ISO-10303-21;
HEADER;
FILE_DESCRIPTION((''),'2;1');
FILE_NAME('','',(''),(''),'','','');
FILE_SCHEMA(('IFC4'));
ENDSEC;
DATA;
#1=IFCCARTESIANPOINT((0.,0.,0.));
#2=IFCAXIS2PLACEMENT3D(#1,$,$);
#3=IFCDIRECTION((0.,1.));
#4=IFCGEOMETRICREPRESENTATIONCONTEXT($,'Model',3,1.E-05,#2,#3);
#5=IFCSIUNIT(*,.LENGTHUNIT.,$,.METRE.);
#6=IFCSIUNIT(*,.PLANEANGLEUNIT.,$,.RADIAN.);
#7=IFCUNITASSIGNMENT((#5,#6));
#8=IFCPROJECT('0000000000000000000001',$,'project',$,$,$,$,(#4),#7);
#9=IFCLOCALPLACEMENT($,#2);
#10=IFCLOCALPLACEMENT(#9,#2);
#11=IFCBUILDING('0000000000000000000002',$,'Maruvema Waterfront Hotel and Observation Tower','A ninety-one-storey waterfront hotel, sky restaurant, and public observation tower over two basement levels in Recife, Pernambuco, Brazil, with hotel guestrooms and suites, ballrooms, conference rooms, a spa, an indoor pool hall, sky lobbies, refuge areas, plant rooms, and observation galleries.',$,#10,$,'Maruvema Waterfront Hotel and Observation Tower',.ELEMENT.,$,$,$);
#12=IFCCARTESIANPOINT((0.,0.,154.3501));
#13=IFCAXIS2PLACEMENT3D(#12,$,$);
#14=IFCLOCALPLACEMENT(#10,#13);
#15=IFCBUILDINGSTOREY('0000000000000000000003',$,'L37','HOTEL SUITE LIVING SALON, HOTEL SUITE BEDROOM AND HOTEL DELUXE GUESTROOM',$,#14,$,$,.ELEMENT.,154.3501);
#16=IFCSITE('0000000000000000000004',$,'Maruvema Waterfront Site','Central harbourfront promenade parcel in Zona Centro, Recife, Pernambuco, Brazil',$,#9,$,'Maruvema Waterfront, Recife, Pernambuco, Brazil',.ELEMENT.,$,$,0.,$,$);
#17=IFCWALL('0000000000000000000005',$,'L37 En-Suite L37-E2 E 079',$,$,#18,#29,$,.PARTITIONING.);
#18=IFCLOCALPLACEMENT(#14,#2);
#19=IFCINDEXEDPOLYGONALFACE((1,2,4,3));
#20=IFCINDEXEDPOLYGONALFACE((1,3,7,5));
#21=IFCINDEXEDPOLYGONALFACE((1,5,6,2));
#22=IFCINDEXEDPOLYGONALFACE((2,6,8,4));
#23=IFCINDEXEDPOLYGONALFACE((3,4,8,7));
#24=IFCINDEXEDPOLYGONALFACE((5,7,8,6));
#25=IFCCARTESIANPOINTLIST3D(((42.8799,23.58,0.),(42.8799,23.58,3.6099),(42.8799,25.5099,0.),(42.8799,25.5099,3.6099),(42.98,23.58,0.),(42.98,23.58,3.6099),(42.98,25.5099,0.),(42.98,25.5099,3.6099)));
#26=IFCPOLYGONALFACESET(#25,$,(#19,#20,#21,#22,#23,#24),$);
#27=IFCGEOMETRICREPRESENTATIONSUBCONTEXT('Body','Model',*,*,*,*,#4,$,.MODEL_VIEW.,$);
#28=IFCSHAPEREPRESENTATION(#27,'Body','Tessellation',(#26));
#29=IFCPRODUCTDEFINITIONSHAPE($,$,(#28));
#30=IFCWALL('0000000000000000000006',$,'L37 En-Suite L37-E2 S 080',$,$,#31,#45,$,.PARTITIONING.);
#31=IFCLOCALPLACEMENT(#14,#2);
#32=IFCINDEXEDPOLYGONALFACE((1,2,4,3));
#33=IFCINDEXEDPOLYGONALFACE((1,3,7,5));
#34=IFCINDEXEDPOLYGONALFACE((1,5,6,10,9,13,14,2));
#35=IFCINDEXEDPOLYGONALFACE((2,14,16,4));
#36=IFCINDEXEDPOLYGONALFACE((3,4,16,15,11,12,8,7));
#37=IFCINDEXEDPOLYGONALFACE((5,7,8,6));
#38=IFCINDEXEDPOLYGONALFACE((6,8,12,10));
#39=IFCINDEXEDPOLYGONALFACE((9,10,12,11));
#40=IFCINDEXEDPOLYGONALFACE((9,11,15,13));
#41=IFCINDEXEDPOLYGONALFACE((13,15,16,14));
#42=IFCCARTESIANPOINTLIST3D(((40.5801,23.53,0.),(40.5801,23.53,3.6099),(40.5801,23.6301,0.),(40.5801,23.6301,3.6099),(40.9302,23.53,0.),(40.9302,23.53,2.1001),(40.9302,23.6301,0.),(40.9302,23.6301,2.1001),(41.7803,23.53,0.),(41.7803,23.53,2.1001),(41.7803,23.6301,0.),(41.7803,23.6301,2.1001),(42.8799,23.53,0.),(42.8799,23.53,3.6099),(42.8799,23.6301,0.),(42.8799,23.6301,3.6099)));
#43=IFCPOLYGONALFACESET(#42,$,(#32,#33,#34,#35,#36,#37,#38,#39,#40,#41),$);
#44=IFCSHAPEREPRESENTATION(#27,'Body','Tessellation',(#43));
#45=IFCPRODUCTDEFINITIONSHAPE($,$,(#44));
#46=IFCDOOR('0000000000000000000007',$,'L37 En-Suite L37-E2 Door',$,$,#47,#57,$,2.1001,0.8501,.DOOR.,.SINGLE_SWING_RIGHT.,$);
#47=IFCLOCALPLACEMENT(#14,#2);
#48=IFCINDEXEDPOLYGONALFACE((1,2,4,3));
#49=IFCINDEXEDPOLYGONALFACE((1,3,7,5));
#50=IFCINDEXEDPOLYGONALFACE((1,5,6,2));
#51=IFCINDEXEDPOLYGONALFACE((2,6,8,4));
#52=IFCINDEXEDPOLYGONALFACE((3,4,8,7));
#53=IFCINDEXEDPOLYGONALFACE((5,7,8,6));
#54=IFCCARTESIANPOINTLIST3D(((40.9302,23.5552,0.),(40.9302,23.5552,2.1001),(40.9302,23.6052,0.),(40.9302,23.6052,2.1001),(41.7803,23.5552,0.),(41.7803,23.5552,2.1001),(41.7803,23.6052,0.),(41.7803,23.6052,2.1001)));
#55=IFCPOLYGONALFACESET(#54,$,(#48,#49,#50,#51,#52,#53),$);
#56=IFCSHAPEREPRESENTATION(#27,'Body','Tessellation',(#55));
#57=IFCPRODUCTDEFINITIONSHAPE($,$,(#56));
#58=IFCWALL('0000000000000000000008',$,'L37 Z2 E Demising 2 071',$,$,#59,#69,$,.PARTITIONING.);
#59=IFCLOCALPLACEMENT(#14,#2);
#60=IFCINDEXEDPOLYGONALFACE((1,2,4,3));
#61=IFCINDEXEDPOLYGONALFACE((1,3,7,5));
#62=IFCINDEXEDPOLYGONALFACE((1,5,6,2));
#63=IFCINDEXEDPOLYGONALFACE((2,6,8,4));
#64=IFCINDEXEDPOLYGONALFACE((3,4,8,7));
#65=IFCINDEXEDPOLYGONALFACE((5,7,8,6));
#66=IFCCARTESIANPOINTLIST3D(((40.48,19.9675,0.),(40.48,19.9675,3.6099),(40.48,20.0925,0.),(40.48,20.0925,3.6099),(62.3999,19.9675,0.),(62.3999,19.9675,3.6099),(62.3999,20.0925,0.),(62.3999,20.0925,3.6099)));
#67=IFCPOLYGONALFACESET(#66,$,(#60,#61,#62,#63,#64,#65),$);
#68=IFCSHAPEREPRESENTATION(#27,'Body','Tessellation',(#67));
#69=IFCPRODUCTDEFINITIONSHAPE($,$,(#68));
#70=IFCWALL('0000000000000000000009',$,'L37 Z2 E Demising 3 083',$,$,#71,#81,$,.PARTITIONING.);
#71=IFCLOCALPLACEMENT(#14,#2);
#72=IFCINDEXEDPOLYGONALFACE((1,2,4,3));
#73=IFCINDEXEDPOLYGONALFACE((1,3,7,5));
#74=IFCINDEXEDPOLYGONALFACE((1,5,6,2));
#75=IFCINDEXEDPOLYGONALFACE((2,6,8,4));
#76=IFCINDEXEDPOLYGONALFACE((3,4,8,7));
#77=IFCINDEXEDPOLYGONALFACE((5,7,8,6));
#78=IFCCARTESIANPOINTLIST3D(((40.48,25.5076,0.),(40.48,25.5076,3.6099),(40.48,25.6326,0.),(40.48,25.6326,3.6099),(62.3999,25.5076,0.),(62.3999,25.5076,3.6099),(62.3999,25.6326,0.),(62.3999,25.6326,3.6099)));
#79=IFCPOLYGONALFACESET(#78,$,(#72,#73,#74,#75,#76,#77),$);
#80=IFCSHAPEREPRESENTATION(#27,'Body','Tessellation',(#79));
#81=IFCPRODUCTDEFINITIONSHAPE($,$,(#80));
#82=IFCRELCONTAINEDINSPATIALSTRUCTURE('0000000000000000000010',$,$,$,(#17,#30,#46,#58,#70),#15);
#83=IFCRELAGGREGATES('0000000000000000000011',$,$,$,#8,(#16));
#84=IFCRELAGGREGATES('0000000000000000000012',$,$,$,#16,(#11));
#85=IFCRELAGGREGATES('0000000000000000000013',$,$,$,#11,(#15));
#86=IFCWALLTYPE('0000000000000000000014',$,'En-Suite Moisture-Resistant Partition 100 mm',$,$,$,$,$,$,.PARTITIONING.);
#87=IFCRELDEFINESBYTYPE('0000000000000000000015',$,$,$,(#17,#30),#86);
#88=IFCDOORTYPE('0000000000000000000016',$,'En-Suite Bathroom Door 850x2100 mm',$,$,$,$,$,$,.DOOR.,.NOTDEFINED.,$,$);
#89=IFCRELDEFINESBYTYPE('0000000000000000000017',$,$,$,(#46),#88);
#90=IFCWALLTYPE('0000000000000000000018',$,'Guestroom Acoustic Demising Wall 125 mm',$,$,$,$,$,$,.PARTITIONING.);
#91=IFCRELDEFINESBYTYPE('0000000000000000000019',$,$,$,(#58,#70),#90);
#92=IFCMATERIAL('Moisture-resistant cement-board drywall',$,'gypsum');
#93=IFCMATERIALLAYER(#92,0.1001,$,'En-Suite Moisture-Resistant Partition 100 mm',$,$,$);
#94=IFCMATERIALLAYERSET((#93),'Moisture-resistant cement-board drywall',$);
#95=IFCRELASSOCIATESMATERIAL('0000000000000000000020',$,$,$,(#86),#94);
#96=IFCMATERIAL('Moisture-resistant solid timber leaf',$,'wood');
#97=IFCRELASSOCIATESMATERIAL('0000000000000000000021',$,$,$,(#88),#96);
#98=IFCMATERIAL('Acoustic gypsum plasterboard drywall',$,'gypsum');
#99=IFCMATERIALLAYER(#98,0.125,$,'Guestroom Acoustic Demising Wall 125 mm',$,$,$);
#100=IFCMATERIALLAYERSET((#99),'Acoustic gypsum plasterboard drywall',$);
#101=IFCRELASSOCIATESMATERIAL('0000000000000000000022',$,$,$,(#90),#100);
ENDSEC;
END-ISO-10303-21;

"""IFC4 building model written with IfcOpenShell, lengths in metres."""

from ifc_helpers import new_model, si_unit, direction, frame, frame_2d, origin, place, context, subcontext, project, spatial, rectangle, extrude, material, layer, layer_set, type_object, element, fill, save


model = new_model("IFC4")

# Units and contexts
model_context = context("Model", 3, precision=1e-05, world=origin(), true_north=direction((0.0, 1.0)))
body_context = subcontext(model_context, "Body", "Model", "MODEL_VIEW")
ifc_project = project(units=[si_unit("LENGTHUNIT", "METRE"), si_unit("PLANEANGLEUNIT", "RADIAN")], contexts=[model_context])

# Site, building, storey
site_placement = place(None, origin())
site = spatial("IfcSite", under=ifc_project, at=site_placement, Name="Maruvema Waterfront Site", Description="Central harbourfront promenade parcel in Zona Centro, Recife, Pernambuco, Brazil", LongName="Maruvema Waterfront, Recife, Pernambuco, Brazil", CompositionType="ELEMENT", RefElevation=0.0)
building_placement = place(site_placement, origin())
building = spatial("IfcBuilding", under=site, at=building_placement, Name="Maruvema Waterfront Hotel and Observation Tower", Description="A ninety-one-storey waterfront hotel, sky restaurant, and public observation tower over two basement levels in Recife, Pernambuco, Brazil, with hotel guestrooms and suites, ballrooms, conference rooms, a spa, an indoor pool hall, sky lobbies, refuge areas, plant rooms, and observation galleries.", LongName="Maruvema Waterfront Hotel and Observation Tower", CompositionType="ELEMENT")
storey_placement = place(building_placement, frame((0.0, 0.0, 154.3501)))
storey = spatial("IfcBuildingStorey", under=building, at=storey_placement, Name="L37", Description="HOTEL SUITE LIVING SALON, HOTEL SUITE BEDROOM AND HOTEL DELUXE GUESTROOM", CompositionType="ELEMENT", Elevation=154.3501)

# Wall
ifc_material_1 = material(Name="Moisture-resistant cement-board drywall", Category="gypsum")
ifc_layer_1 = layer(ifc_material_1, 0.1001, Name="En-Suite Moisture-Resistant Partition 100 mm")
ifc_layer_set_1 = layer_set([ifc_layer_1], Name="Moisture-resistant cement-board drywall")
wall_type_1 = type_object("IfcWallType", Name="En-Suite Moisture-Resistant Partition 100 mm", PredefinedType="PARTITIONING", material=ifc_layer_set_1)
wall_1_placement = place(storey_placement, frame((42.9299, 23.5801, 0.0), z_axis=(0.0, 0.0, 1.0), x_axis=(0.0, 1.0, 0.0)))
element("IfcWall", 1, at=wall_1_placement, inside=storey, type_object=wall_type_1, Name="L37 En-Suite L37-E2 E 079", PredefinedType="PARTITIONING", context=body_context, shape_type="SweptSolid", body=[
    extrude(rectangle(XDim=1.9299, YDim=0.1001, at=frame_2d((0.9648, 0.0))), origin(), (0.0, 0.0, 1.0), 3.6099),
])

# Wall, opening, door
wall_2_placement = place(storey_placement, frame((40.5801, 23.5801, 0.0), z_axis=(0.0, 0.0, 1.0), x_axis=(1.0, 0.0, 0.0)))
wall_2 = element("IfcWall", 2, at=wall_2_placement, inside=storey, type_object=wall_type_1, Name="L37 En-Suite L37-E2 S 080", PredefinedType="PARTITIONING", context=body_context, shape_type="SweptSolid", body=[
    extrude(rectangle(XDim=2.2998, YDim=0.1001, at=frame_2d((1.1499, 0.0))), origin(), (0.0, 0.0, 1.0), 3.6099),
])
opening_1_placement = place(wall_2_placement, frame((0.3501, 0.0, 0.0)))
opening_1 = element("IfcOpeningElement", 3, at=opening_1_placement, cuts=wall_2, PredefinedType="OPENING", context=body_context, shape_type="SweptSolid", body=[
    extrude(rectangle(XDim=0.8501, YDim=2.1001, at=frame_2d((0.425, 1.05))), frame((0.0, 0.0601, 0.0), z_axis=(0.0, -1.0, 0.0), x_axis=(1.0, 0.0, 0.0)), (0.0, 0.0, 1.0), 0.1201),
])
ifc_material_2 = material(Name="Moisture-resistant solid timber leaf", Category="wood")
door_type_1 = type_object("IfcDoorType", Name="En-Suite Bathroom Door 850x2100 mm", OperationType="NOTDEFINED", PredefinedType="DOOR", material=ifc_material_2)
door_1_placement = place(opening_1_placement, frame((0.8501, 0.0, 0.0), z_axis=(0.0, 0.0, 1.0), x_axis=(-1.0, 0.0, 0.0)))
door_1 = element("IfcDoor", 4, at=door_1_placement, inside=storey, type_object=door_type_1, Name="L37 En-Suite L37-E2 Door", OperationType="SINGLE_SWING_RIGHT", OverallHeight=2.1001, OverallWidth=0.8501, PredefinedType="DOOR", context=body_context, shape_type="SweptSolid", body=[
    extrude(rectangle(XDim=0.8501, YDim=2.1001, at=frame_2d((0.425, 1.05))), frame((0.0, 0.0249, 0.0), z_axis=(0.0, -1.0, 0.0), x_axis=(1.0, 0.0, 0.0)), (0.0, 0.0, 1.0), 0.05),
])
fill(opening_1, door_1)

# Walls
ifc_material_3 = material(Name="Acoustic gypsum plasterboard drywall", Category="gypsum")
ifc_layer_2 = layer(ifc_material_3, 0.125, Name="Guestroom Acoustic Demising Wall 125 mm")
ifc_layer_set_2 = layer_set([ifc_layer_2], Name="Acoustic gypsum plasterboard drywall")
wall_type_2 = type_object("IfcWallType", Name="Guestroom Acoustic Demising Wall 125 mm", PredefinedType="PARTITIONING", material=ifc_layer_set_2)
for number, where, z_axis, x_axis, name in (
    (5, (40.48, 20.03, 0.0), (0.0, 0.0, 1.0), (1.0, 0.0, 0.0), "L37 Z2 E Demising 2 071"),
    (6, (40.48, 25.5701, 0.0), (0.0, 0.0, 1.0), (1.0, 0.0, 0.0), "L37 Z2 E Demising 3 083"),
):
    element("IfcWall", number, at=place(storey_placement, frame(where, z_axis=z_axis, x_axis=x_axis)), inside=storey, type_object=wall_type_2, Name=name, PredefinedType="PARTITIONING", context=body_context, shape_type="SweptSolid", body=[
        extrude(rectangle(XDim=21.9199, YDim=0.125, at=frame_2d((10.96, 0.0))), origin(), (0.0, 0.0, 1.0), 3.6099),
    ])

save(model, "model.ifc")
